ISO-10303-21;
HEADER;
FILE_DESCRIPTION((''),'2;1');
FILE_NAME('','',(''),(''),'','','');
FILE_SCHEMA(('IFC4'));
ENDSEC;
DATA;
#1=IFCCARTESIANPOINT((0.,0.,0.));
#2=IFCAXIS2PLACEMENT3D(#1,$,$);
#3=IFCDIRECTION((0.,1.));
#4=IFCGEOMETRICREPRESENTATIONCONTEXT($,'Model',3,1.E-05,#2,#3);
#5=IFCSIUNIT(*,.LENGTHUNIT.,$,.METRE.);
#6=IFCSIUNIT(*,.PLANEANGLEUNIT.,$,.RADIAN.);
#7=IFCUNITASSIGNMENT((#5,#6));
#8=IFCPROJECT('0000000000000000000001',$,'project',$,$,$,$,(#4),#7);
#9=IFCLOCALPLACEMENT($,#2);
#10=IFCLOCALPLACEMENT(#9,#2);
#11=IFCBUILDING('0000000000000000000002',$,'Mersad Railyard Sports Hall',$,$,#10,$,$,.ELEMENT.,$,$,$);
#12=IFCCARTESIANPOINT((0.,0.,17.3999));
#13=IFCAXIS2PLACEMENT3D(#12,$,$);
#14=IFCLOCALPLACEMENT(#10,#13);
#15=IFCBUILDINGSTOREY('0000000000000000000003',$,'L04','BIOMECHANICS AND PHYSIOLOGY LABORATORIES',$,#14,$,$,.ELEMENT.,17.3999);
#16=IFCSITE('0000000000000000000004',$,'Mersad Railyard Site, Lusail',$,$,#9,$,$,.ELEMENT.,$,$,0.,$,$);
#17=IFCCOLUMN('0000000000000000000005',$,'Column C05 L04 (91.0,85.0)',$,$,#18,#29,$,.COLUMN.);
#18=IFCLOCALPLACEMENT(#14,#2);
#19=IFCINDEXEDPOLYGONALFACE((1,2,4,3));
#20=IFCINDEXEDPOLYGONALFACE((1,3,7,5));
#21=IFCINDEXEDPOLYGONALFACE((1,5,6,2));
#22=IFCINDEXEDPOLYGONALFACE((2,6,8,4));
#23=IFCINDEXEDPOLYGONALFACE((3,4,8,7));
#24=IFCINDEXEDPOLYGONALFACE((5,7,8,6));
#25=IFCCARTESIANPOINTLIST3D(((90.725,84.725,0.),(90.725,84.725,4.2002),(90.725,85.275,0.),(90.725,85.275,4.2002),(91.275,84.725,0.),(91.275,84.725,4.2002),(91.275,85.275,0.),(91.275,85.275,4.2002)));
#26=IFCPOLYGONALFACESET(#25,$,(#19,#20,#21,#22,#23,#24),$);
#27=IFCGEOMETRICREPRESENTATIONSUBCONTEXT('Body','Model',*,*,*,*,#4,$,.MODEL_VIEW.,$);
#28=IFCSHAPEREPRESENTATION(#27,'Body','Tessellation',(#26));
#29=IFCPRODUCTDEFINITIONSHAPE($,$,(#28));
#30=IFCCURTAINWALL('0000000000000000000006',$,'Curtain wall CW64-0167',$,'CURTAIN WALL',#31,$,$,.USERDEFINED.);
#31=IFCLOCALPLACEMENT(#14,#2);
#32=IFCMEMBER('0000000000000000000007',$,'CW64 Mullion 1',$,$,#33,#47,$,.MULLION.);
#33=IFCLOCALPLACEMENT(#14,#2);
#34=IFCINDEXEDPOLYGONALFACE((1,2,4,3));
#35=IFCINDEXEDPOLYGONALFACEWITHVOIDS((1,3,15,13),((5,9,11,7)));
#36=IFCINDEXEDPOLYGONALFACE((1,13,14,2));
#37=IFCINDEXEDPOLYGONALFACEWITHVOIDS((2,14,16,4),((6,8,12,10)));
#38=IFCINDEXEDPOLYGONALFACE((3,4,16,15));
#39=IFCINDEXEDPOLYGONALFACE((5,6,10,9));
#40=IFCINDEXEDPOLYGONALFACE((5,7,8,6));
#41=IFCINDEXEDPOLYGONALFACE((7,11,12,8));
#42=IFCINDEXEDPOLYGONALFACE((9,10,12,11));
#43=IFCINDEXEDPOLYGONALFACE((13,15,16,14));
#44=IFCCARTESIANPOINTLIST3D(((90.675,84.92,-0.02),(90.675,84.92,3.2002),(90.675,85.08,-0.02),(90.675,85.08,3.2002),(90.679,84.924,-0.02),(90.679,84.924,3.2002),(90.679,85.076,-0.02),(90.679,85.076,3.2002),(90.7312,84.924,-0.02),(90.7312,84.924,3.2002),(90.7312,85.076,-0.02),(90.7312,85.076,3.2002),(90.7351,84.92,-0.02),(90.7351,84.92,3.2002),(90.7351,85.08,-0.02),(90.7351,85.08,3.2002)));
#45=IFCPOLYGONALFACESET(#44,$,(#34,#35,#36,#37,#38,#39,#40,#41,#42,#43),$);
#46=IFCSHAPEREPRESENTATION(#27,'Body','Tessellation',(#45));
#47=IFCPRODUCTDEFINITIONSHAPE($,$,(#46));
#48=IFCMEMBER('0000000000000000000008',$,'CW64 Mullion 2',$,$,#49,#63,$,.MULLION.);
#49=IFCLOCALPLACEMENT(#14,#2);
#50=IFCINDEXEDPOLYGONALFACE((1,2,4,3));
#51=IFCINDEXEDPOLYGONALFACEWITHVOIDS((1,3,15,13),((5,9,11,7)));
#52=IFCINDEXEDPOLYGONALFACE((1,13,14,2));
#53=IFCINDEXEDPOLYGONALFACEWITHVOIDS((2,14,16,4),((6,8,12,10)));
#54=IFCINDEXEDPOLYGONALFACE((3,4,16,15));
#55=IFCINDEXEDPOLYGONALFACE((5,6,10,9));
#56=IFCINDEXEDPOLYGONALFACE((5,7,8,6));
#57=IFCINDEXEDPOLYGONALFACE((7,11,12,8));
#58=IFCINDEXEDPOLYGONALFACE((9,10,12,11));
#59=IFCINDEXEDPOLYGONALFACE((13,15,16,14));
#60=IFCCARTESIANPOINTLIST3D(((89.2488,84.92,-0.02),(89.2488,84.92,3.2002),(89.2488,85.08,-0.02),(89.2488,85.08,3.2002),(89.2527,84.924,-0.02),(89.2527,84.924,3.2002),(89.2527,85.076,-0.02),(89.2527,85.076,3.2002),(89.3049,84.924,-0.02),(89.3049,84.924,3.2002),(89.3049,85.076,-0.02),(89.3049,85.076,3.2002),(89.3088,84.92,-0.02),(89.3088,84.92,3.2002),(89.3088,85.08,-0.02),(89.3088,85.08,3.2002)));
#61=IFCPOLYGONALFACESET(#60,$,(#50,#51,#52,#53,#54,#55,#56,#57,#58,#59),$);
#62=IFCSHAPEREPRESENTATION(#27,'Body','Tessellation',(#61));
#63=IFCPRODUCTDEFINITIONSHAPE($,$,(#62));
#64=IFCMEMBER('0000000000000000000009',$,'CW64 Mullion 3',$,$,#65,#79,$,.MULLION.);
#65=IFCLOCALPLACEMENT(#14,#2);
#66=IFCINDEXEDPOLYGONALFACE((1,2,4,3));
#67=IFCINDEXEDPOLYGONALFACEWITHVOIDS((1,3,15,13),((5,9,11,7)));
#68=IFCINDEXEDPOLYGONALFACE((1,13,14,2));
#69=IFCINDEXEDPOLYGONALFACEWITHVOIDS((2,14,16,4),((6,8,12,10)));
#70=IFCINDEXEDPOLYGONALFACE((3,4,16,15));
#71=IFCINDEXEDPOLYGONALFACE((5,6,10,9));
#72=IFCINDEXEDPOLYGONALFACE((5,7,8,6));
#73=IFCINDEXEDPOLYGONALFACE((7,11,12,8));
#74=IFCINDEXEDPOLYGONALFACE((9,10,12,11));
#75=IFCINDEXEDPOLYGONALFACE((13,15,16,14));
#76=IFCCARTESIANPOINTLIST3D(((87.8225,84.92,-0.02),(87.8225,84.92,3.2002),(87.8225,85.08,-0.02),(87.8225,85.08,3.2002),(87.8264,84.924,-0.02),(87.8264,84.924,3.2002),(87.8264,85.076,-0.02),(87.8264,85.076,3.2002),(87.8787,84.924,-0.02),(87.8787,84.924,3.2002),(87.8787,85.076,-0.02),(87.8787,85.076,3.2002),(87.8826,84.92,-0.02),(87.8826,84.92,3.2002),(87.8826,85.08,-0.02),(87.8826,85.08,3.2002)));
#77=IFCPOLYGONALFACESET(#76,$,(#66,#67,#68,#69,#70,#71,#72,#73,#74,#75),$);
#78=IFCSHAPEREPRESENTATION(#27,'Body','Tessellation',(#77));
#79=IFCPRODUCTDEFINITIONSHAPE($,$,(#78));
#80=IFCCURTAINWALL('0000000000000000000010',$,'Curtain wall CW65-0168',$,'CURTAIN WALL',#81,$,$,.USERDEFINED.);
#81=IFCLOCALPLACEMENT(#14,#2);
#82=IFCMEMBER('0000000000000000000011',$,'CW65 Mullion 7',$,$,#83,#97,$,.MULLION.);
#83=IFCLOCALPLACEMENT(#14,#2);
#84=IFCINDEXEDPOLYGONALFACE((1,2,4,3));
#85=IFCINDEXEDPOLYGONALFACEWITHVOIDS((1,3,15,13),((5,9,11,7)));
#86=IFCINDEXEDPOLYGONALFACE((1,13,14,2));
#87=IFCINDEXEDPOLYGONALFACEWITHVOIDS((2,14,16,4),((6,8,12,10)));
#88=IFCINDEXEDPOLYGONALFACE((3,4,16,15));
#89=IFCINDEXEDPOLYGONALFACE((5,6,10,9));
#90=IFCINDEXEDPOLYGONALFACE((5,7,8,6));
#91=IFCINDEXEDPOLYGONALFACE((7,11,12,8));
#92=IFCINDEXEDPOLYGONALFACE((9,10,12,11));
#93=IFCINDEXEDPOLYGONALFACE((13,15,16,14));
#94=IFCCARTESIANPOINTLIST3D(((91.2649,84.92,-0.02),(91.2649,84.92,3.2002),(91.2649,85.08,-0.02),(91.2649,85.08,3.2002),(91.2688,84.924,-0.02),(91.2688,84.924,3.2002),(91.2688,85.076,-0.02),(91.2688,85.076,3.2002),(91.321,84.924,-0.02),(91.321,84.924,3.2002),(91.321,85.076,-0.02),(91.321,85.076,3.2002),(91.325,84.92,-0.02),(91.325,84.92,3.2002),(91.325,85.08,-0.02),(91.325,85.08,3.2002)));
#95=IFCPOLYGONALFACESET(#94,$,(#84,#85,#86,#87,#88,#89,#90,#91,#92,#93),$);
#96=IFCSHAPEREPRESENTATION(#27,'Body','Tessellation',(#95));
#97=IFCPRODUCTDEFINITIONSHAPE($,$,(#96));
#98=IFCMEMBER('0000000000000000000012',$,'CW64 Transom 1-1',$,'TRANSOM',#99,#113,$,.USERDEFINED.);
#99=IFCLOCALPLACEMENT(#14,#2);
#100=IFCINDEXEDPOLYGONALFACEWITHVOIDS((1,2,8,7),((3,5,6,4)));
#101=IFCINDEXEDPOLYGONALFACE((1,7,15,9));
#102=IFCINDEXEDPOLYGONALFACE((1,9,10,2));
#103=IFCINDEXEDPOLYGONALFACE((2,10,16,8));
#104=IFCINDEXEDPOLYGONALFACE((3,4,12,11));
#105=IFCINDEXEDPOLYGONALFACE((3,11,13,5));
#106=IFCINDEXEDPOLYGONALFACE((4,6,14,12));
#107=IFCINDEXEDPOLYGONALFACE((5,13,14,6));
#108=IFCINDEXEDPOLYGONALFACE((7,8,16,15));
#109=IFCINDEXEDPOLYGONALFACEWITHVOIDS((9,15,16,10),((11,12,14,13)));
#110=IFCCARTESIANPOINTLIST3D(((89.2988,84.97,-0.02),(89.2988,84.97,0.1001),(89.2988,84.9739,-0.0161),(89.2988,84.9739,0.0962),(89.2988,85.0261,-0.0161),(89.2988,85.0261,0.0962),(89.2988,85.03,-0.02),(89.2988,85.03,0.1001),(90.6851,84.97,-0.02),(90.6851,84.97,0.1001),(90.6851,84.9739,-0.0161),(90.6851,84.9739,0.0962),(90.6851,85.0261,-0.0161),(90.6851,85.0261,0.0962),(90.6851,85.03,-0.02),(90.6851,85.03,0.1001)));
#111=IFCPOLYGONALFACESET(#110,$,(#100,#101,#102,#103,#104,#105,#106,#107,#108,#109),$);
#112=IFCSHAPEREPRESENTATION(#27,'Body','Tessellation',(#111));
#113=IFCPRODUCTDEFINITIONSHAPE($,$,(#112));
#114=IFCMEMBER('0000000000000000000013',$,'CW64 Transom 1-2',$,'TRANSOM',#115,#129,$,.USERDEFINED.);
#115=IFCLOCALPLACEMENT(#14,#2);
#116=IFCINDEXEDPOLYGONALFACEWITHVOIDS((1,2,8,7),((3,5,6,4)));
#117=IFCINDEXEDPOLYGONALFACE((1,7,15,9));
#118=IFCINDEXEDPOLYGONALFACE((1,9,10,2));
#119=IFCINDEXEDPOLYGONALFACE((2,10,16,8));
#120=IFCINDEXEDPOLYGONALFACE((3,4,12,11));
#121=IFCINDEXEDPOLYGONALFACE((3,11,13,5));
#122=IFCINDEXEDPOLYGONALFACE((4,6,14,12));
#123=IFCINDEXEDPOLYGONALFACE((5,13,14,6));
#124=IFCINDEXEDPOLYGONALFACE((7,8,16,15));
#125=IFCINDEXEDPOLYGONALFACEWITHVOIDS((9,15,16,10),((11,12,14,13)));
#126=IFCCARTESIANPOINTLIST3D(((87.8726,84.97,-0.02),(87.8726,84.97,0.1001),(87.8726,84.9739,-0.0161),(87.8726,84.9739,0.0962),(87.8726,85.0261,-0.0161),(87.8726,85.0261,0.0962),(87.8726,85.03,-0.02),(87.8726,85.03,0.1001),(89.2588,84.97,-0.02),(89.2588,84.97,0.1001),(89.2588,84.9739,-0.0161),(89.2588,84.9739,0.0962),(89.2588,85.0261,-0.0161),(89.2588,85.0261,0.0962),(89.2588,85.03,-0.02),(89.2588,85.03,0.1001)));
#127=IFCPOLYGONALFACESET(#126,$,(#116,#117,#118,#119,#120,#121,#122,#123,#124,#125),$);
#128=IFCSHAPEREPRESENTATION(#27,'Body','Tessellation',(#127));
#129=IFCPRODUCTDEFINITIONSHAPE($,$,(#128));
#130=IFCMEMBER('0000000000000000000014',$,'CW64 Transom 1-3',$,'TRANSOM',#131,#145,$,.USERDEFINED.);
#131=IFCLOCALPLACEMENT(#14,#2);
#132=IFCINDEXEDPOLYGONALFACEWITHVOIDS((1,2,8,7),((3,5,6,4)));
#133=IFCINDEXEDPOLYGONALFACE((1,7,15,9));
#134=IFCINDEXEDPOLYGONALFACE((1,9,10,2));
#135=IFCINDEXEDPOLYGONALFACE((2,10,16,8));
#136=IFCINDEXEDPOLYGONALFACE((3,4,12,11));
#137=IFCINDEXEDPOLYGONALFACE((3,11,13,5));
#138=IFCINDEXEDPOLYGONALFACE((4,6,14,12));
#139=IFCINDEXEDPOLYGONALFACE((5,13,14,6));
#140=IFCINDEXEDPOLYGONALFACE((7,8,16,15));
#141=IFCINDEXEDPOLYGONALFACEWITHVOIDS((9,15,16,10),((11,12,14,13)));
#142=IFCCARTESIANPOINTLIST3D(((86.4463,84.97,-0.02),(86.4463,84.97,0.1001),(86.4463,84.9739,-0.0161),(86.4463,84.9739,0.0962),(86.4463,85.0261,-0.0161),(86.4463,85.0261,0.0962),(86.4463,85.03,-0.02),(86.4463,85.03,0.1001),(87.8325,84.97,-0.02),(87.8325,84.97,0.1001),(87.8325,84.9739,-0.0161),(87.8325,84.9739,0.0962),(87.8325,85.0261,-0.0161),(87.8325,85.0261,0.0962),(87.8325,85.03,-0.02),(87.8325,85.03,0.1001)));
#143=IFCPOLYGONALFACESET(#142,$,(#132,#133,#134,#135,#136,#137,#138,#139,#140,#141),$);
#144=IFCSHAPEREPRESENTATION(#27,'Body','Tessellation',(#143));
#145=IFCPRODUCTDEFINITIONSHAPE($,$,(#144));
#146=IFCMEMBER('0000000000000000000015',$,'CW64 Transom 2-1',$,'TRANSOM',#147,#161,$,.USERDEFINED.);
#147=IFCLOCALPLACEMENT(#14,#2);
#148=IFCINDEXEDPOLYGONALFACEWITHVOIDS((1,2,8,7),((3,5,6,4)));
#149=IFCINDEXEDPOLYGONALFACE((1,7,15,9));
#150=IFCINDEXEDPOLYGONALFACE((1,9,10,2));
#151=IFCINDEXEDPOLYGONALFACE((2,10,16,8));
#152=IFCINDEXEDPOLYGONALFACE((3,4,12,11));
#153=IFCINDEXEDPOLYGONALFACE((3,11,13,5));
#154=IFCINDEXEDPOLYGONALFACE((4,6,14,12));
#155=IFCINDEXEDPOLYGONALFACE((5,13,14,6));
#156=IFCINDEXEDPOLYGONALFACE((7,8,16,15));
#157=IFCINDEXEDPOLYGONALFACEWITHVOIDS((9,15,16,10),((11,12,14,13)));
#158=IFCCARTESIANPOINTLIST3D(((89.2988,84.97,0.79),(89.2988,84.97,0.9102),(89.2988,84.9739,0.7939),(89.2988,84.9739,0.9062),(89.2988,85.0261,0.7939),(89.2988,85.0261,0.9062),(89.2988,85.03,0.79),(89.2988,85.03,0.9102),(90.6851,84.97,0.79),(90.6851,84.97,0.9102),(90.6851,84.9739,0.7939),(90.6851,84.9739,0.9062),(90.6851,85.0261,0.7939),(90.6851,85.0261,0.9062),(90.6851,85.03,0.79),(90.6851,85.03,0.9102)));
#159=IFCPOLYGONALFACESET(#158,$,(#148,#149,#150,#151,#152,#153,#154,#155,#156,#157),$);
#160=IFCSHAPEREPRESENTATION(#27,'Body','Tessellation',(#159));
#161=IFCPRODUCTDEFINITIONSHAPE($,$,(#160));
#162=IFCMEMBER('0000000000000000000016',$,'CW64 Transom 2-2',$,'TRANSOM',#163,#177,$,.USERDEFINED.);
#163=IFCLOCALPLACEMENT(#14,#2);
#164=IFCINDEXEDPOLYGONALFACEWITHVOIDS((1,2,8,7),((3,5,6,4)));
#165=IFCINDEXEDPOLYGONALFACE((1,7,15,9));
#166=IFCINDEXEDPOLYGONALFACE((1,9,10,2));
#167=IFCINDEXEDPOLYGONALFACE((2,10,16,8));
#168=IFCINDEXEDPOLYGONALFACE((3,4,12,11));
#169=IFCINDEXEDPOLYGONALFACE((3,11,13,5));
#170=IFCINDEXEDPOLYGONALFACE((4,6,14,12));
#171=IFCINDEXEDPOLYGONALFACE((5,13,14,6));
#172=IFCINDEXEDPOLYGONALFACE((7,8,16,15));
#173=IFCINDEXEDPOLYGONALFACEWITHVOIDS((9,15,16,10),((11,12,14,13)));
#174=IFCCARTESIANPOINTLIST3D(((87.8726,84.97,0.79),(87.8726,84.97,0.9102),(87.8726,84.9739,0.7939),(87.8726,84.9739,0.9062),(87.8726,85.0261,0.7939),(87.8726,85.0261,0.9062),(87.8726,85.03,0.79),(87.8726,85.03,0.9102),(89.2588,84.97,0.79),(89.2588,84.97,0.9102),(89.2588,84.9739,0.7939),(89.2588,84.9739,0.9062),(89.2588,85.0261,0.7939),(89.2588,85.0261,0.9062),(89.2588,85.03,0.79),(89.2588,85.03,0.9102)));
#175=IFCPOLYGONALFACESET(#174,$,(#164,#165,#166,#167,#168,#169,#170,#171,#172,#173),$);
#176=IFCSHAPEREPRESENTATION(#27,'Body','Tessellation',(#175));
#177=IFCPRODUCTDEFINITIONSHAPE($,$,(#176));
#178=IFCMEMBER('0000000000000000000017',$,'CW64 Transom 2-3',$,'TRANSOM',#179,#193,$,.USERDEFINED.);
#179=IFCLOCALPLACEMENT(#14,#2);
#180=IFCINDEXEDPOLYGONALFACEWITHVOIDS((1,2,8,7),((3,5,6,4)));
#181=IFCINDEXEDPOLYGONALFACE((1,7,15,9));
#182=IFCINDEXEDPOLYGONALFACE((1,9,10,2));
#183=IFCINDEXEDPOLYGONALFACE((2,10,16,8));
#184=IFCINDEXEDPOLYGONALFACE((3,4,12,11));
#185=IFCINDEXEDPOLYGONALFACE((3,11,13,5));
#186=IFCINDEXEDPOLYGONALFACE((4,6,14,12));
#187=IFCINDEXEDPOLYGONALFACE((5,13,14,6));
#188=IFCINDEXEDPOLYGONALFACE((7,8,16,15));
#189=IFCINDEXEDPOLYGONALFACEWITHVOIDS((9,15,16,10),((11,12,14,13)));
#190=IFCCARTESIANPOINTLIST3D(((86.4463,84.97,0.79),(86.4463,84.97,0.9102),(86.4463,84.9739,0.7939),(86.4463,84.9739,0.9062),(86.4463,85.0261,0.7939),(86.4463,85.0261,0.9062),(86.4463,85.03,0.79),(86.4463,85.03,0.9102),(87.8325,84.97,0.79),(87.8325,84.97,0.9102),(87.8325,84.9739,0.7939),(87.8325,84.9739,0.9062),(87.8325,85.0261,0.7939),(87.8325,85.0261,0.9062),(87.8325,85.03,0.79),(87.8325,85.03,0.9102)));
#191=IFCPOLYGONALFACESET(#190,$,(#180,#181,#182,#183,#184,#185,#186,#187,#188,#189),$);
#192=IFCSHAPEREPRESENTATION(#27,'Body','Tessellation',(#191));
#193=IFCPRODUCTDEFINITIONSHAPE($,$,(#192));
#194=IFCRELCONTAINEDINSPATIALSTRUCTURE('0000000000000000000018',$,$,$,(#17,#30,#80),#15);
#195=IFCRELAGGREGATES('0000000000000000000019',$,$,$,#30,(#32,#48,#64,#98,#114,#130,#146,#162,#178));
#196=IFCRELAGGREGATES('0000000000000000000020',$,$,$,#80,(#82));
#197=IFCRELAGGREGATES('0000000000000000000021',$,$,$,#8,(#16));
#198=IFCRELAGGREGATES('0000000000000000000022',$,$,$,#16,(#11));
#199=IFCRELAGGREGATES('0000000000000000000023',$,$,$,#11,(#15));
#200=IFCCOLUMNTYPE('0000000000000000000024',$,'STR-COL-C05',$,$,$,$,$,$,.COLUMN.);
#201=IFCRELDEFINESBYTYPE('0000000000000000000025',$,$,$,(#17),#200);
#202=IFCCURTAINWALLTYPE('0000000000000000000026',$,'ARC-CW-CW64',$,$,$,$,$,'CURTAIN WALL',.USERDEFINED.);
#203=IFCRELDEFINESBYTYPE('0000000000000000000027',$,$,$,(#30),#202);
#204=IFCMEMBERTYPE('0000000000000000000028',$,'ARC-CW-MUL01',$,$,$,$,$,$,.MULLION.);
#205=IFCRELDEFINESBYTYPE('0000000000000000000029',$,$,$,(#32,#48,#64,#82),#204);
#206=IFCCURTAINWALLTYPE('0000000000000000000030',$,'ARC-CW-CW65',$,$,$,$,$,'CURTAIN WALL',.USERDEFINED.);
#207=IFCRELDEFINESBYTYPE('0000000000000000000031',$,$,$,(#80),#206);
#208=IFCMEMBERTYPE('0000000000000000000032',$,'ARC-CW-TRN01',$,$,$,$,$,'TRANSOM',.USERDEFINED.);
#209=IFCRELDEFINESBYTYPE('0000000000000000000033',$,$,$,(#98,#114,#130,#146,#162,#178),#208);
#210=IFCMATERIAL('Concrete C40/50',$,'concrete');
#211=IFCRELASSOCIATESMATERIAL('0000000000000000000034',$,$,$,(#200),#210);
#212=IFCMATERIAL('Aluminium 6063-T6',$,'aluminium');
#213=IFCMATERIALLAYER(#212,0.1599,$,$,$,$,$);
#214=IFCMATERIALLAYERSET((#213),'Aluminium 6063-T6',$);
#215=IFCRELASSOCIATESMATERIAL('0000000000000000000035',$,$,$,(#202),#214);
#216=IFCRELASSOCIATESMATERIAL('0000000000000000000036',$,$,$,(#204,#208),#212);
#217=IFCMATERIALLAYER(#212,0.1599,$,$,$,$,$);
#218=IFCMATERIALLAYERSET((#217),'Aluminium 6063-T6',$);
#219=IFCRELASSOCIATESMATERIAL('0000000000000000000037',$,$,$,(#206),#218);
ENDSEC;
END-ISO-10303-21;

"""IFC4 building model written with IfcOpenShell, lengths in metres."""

from ifc_helpers import new_model, si_unit, direction, frame, origin, origin_2d, place, context, subcontext, project, spatial, rectangle, hollow_rectangle, extrude, material, layer, layer_set, material_profile, profile_set, type_object, element, aggregate, save


model = new_model("IFC4")

# Units and contexts
model_context = context("Model", 3, precision=1e-05, world=origin(), true_north=direction((0.0, 1.0)))
body_context = subcontext(model_context, "Body", "Model", "MODEL_VIEW")
ifc_project = project(units=[si_unit("LENGTHUNIT", "METRE"), si_unit("PLANEANGLEUNIT", "RADIAN")], contexts=[model_context])

# Site, building, storey
site_placement = place(None, origin())
site = spatial("IfcSite", under=ifc_project, at=site_placement, Name="Mersad Railyard Site, Lusail", CompositionType="ELEMENT", RefElevation=0.0)
building_placement = place(site_placement, origin())
building = spatial("IfcBuilding", under=site, at=building_placement, Name="Mersad Railyard Sports Hall", CompositionType="ELEMENT")
storey_placement = place(building_placement, frame((0.0, 0.0, 17.3999)))
storey = spatial("IfcBuildingStorey", under=building, at=storey_placement, Name="L04", Description="BIOMECHANICS AND PHYSIOLOGY LABORATORIES", CompositionType="ELEMENT", Elevation=17.3999)

# Column
ifc_material_1 = material(Name="Concrete C40/50", Category="concrete")
ifc_material_profile_1 = material_profile(ifc_material_1, rectangle(XDim=0.55, YDim=0.55, at=origin_2d()), Name="RC 550x550")
ifc_profile_set_1 = profile_set([ifc_material_profile_1], Name="Concrete C40/50")
column_type = type_object("IfcColumnType", Name="STR-COL-C05", PredefinedType="COLUMN", material=ifc_profile_set_1)
column_placement = place(storey_placement, frame((91.0, 85.0, 0.0), z_axis=(0.0, 0.0, 1.0), x_axis=(1.0, 0.0, 0.0)))
element("IfcColumn", 1, at=column_placement, inside=storey, type_object=column_type, Name="Column C05 L04 (91.0,85.0)", PredefinedType="COLUMN", context=body_context, shape_type="SweptSolid", body=[
    extrude(rectangle(XDim=0.55, YDim=0.55, at=origin_2d()), origin(), (0.0, 0.0, 1.0), 4.2002),
])

# Curtain wall, members
ifc_material_2 = material(Name="Aluminium 6063-T6", Category="aluminium")
ifc_layer_1 = layer(ifc_material_2, 0.1599)
ifc_layer_set_1 = layer_set([ifc_layer_1], Name="Aluminium 6063-T6")
curtain_wall_type_1 = type_object("IfcCurtainWallType", Name="ARC-CW-CW64", ElementType="CURTAIN WALL", PredefinedType="USERDEFINED", material=ifc_layer_set_1)
curtain_wall_1_placement = place(storey_placement, origin())
curtain_wall_1 = element("IfcCurtainWall", 2, at=curtain_wall_1_placement, inside=storey, type_object=curtain_wall_type_1, Name="Curtain wall CW64-0167", ObjectType="CURTAIN WALL", PredefinedType="USERDEFINED")
ifc_material_profile_2 = material_profile(ifc_material_2, hollow_rectangle(XDim=0.0601, YDim=0.1599, WallThickness=0.0039, at=origin_2d()), Name="AL MULLION 60x160x4")
ifc_profile_set_2 = profile_set([ifc_material_profile_2], Name="Aluminium 6063-T6")
member_type_1 = type_object("IfcMemberType", Name="ARC-CW-MUL01", PredefinedType="MULLION", material=ifc_profile_set_2)
member_1_placement = place(storey_placement, frame((90.7051, 85.0, -0.02), z_axis=(0.0, 0.0, 1.0), x_axis=(1.0, 0.0, 0.0)))
member_1 = element("IfcMember", 3, at=member_1_placement, type_object=member_type_1, Name="CW64 Mullion 1", PredefinedType="MULLION", context=body_context, shape_type="SweptSolid", body=[
    extrude(hollow_rectangle(XDim=0.0601, YDim=0.1599, WallThickness=0.0039, at=origin_2d()), origin(), (0.0, 0.0, 1.0), 3.2202),
])
member_2_placement = place(storey_placement, frame((89.2788, 85.0, -0.02), z_axis=(0.0, 0.0, 1.0), x_axis=(1.0, 0.0, 0.0)))
member_2 = element("IfcMember", 4, at=member_2_placement, type_object=member_type_1, Name="CW64 Mullion 2", PredefinedType="MULLION", context=body_context, shape_type="SweptSolid", body=[
    extrude(hollow_rectangle(XDim=0.0601, YDim=0.1599, WallThickness=0.0039, at=origin_2d()), origin(), (0.0, 0.0, 1.0), 3.2202),
])
member_3_placement = place(storey_placement, frame((87.8525, 85.0, -0.02), z_axis=(0.0, 0.0, 1.0), x_axis=(1.0, 0.0, 0.0)))
member_3 = element("IfcMember", 5, at=member_3_placement, type_object=member_type_1, Name="CW64 Mullion 3", PredefinedType="MULLION", context=body_context, shape_type="SweptSolid", body=[
    extrude(hollow_rectangle(XDim=0.0601, YDim=0.1599, WallThickness=0.0039, at=origin_2d()), origin(), (0.0, 0.0, 1.0), 3.2202),
])

# Curtain wall, member
ifc_layer_2 = layer(ifc_material_2, 0.1599)
ifc_layer_set_2 = layer_set([ifc_layer_2], Name="Aluminium 6063-T6")
curtain_wall_type_2 = type_object("IfcCurtainWallType", Name="ARC-CW-CW65", ElementType="CURTAIN WALL", PredefinedType="USERDEFINED", material=ifc_layer_set_2)
curtain_wall_2_placement = place(storey_placement, origin())
curtain_wall_2 = element("IfcCurtainWall", 6, at=curtain_wall_2_placement, inside=storey, type_object=curtain_wall_type_2, Name="Curtain wall CW65-0168", ObjectType="CURTAIN WALL", PredefinedType="USERDEFINED")
member_4_placement = place(storey_placement, frame((91.2949, 85.0, -0.02), z_axis=(0.0, 0.0, 1.0), x_axis=(1.0, 0.0, 0.0)))
member_4 = element("IfcMember", 7, at=member_4_placement, type_object=member_type_1, Name="CW65 Mullion 7", PredefinedType="MULLION", context=body_context, shape_type="SweptSolid", body=[
    extrude(hollow_rectangle(XDim=0.0601, YDim=0.1599, WallThickness=0.0039, at=origin_2d()), origin(), (0.0, 0.0, 1.0), 3.2202),
])

# Members
ifc_material_profile_3 = material_profile(ifc_material_2, hollow_rectangle(XDim=0.0601, YDim=0.1201, WallThickness=0.0039, at=origin_2d()), Name="AL TRANSOM 60x120x4")
ifc_profile_set_3 = profile_set([ifc_material_profile_3], Name="Aluminium 6063-T6")
member_type_2 = type_object("IfcMemberType", Name="ARC-CW-TRN01", ElementType="TRANSOM", PredefinedType="USERDEFINED", material=ifc_profile_set_3)
member_5_placement = place(storey_placement, frame((90.6851, 85.0, 0.04), z_axis=(-1.0, 0.0, 0.0), x_axis=(0.0, -1.0, 0.0)))
member_5 = element("IfcMember", 8, at=member_5_placement, type_object=member_type_2, Name="CW64 Transom 1-1", ObjectType="TRANSOM", PredefinedType="USERDEFINED", context=body_context, shape_type="SweptSolid", body=[
    extrude(hollow_rectangle(XDim=0.0601, YDim=0.1201, WallThickness=0.0039, at=origin_2d()), origin(), (0.0, 0.0, 1.0), 1.3862),
])
member_6_placement = place(storey_placement, frame((89.2588, 85.0, 0.04), z_axis=(-1.0, 0.0, 0.0), x_axis=(0.0, -1.0, 0.0)))
member_6 = element("IfcMember", 9, at=member_6_placement, type_object=member_type_2, Name="CW64 Transom 1-2", ObjectType="TRANSOM", PredefinedType="USERDEFINED", context=body_context, shape_type="SweptSolid", body=[
    extrude(hollow_rectangle(XDim=0.0601, YDim=0.1201, WallThickness=0.0039, at=origin_2d()), origin(), (0.0, 0.0, 1.0), 1.3862),
])
member_7_placement = place(storey_placement, frame((87.8325, 85.0, 0.04), z_axis=(-1.0, 0.0, 0.0), x_axis=(0.0, -1.0, 0.0)))
member_7 = element("IfcMember", 10, at=member_7_placement, type_object=member_type_2, Name="CW64 Transom 1-3", ObjectType="TRANSOM", PredefinedType="USERDEFINED", context=body_context, shape_type="SweptSolid", body=[
    extrude(hollow_rectangle(XDim=0.0601, YDim=0.1201, WallThickness=0.0039, at=origin_2d()), origin(), (0.0, 0.0, 1.0), 1.3862),
])
member_8_placement = place(storey_placement, frame((90.6851, 85.0, 0.8501), z_axis=(-1.0, 0.0, 0.0), x_axis=(0.0, -1.0, 0.0)))
member_8 = element("IfcMember", 11, at=member_8_placement, type_object=member_type_2, Name="CW64 Transom 2-1", ObjectType="TRANSOM", PredefinedType="USERDEFINED", context=body_context, shape_type="SweptSolid", body=[
    extrude(hollow_rectangle(XDim=0.0601, YDim=0.1201, WallThickness=0.0039, at=origin_2d()), origin(), (0.0, 0.0, 1.0), 1.3862),
])
member_9_placement = place(storey_placement, frame((89.2588, 85.0, 0.8501), z_axis=(-1.0, 0.0, 0.0), x_axis=(0.0, -1.0, 0.0)))
member_9 = element("IfcMember", 12, at=member_9_placement, type_object=member_type_2, Name="CW64 Transom 2-2", ObjectType="TRANSOM", PredefinedType="USERDEFINED", context=body_context, shape_type="SweptSolid", body=[
    extrude(hollow_rectangle(XDim=0.0601, YDim=0.1201, WallThickness=0.0039, at=origin_2d()), origin(), (0.0, 0.0, 1.0), 1.3862),
])
member_10_placement = place(storey_placement, frame((87.8325, 85.0, 0.8501), z_axis=(-1.0, 0.0, 0.0), x_axis=(0.0, -1.0, 0.0)))
member_10 = element("IfcMember", 13, at=member_10_placement, type_object=member_type_2, Name="CW64 Transom 2-3", ObjectType="TRANSOM", PredefinedType="USERDEFINED", context=body_context, shape_type="SweptSolid", body=[
    extrude(hollow_rectangle(XDim=0.0601, YDim=0.1201, WallThickness=0.0039, at=origin_2d()), origin(), (0.0, 0.0, 1.0), 1.3862),
])

aggregate(curtain_wall_1, [member_1, member_2, member_3, member_5, member_6, member_7, member_8, member_9, member_10])
aggregate(curtain_wall_2, [member_4])

save(model, "model.ifc")
